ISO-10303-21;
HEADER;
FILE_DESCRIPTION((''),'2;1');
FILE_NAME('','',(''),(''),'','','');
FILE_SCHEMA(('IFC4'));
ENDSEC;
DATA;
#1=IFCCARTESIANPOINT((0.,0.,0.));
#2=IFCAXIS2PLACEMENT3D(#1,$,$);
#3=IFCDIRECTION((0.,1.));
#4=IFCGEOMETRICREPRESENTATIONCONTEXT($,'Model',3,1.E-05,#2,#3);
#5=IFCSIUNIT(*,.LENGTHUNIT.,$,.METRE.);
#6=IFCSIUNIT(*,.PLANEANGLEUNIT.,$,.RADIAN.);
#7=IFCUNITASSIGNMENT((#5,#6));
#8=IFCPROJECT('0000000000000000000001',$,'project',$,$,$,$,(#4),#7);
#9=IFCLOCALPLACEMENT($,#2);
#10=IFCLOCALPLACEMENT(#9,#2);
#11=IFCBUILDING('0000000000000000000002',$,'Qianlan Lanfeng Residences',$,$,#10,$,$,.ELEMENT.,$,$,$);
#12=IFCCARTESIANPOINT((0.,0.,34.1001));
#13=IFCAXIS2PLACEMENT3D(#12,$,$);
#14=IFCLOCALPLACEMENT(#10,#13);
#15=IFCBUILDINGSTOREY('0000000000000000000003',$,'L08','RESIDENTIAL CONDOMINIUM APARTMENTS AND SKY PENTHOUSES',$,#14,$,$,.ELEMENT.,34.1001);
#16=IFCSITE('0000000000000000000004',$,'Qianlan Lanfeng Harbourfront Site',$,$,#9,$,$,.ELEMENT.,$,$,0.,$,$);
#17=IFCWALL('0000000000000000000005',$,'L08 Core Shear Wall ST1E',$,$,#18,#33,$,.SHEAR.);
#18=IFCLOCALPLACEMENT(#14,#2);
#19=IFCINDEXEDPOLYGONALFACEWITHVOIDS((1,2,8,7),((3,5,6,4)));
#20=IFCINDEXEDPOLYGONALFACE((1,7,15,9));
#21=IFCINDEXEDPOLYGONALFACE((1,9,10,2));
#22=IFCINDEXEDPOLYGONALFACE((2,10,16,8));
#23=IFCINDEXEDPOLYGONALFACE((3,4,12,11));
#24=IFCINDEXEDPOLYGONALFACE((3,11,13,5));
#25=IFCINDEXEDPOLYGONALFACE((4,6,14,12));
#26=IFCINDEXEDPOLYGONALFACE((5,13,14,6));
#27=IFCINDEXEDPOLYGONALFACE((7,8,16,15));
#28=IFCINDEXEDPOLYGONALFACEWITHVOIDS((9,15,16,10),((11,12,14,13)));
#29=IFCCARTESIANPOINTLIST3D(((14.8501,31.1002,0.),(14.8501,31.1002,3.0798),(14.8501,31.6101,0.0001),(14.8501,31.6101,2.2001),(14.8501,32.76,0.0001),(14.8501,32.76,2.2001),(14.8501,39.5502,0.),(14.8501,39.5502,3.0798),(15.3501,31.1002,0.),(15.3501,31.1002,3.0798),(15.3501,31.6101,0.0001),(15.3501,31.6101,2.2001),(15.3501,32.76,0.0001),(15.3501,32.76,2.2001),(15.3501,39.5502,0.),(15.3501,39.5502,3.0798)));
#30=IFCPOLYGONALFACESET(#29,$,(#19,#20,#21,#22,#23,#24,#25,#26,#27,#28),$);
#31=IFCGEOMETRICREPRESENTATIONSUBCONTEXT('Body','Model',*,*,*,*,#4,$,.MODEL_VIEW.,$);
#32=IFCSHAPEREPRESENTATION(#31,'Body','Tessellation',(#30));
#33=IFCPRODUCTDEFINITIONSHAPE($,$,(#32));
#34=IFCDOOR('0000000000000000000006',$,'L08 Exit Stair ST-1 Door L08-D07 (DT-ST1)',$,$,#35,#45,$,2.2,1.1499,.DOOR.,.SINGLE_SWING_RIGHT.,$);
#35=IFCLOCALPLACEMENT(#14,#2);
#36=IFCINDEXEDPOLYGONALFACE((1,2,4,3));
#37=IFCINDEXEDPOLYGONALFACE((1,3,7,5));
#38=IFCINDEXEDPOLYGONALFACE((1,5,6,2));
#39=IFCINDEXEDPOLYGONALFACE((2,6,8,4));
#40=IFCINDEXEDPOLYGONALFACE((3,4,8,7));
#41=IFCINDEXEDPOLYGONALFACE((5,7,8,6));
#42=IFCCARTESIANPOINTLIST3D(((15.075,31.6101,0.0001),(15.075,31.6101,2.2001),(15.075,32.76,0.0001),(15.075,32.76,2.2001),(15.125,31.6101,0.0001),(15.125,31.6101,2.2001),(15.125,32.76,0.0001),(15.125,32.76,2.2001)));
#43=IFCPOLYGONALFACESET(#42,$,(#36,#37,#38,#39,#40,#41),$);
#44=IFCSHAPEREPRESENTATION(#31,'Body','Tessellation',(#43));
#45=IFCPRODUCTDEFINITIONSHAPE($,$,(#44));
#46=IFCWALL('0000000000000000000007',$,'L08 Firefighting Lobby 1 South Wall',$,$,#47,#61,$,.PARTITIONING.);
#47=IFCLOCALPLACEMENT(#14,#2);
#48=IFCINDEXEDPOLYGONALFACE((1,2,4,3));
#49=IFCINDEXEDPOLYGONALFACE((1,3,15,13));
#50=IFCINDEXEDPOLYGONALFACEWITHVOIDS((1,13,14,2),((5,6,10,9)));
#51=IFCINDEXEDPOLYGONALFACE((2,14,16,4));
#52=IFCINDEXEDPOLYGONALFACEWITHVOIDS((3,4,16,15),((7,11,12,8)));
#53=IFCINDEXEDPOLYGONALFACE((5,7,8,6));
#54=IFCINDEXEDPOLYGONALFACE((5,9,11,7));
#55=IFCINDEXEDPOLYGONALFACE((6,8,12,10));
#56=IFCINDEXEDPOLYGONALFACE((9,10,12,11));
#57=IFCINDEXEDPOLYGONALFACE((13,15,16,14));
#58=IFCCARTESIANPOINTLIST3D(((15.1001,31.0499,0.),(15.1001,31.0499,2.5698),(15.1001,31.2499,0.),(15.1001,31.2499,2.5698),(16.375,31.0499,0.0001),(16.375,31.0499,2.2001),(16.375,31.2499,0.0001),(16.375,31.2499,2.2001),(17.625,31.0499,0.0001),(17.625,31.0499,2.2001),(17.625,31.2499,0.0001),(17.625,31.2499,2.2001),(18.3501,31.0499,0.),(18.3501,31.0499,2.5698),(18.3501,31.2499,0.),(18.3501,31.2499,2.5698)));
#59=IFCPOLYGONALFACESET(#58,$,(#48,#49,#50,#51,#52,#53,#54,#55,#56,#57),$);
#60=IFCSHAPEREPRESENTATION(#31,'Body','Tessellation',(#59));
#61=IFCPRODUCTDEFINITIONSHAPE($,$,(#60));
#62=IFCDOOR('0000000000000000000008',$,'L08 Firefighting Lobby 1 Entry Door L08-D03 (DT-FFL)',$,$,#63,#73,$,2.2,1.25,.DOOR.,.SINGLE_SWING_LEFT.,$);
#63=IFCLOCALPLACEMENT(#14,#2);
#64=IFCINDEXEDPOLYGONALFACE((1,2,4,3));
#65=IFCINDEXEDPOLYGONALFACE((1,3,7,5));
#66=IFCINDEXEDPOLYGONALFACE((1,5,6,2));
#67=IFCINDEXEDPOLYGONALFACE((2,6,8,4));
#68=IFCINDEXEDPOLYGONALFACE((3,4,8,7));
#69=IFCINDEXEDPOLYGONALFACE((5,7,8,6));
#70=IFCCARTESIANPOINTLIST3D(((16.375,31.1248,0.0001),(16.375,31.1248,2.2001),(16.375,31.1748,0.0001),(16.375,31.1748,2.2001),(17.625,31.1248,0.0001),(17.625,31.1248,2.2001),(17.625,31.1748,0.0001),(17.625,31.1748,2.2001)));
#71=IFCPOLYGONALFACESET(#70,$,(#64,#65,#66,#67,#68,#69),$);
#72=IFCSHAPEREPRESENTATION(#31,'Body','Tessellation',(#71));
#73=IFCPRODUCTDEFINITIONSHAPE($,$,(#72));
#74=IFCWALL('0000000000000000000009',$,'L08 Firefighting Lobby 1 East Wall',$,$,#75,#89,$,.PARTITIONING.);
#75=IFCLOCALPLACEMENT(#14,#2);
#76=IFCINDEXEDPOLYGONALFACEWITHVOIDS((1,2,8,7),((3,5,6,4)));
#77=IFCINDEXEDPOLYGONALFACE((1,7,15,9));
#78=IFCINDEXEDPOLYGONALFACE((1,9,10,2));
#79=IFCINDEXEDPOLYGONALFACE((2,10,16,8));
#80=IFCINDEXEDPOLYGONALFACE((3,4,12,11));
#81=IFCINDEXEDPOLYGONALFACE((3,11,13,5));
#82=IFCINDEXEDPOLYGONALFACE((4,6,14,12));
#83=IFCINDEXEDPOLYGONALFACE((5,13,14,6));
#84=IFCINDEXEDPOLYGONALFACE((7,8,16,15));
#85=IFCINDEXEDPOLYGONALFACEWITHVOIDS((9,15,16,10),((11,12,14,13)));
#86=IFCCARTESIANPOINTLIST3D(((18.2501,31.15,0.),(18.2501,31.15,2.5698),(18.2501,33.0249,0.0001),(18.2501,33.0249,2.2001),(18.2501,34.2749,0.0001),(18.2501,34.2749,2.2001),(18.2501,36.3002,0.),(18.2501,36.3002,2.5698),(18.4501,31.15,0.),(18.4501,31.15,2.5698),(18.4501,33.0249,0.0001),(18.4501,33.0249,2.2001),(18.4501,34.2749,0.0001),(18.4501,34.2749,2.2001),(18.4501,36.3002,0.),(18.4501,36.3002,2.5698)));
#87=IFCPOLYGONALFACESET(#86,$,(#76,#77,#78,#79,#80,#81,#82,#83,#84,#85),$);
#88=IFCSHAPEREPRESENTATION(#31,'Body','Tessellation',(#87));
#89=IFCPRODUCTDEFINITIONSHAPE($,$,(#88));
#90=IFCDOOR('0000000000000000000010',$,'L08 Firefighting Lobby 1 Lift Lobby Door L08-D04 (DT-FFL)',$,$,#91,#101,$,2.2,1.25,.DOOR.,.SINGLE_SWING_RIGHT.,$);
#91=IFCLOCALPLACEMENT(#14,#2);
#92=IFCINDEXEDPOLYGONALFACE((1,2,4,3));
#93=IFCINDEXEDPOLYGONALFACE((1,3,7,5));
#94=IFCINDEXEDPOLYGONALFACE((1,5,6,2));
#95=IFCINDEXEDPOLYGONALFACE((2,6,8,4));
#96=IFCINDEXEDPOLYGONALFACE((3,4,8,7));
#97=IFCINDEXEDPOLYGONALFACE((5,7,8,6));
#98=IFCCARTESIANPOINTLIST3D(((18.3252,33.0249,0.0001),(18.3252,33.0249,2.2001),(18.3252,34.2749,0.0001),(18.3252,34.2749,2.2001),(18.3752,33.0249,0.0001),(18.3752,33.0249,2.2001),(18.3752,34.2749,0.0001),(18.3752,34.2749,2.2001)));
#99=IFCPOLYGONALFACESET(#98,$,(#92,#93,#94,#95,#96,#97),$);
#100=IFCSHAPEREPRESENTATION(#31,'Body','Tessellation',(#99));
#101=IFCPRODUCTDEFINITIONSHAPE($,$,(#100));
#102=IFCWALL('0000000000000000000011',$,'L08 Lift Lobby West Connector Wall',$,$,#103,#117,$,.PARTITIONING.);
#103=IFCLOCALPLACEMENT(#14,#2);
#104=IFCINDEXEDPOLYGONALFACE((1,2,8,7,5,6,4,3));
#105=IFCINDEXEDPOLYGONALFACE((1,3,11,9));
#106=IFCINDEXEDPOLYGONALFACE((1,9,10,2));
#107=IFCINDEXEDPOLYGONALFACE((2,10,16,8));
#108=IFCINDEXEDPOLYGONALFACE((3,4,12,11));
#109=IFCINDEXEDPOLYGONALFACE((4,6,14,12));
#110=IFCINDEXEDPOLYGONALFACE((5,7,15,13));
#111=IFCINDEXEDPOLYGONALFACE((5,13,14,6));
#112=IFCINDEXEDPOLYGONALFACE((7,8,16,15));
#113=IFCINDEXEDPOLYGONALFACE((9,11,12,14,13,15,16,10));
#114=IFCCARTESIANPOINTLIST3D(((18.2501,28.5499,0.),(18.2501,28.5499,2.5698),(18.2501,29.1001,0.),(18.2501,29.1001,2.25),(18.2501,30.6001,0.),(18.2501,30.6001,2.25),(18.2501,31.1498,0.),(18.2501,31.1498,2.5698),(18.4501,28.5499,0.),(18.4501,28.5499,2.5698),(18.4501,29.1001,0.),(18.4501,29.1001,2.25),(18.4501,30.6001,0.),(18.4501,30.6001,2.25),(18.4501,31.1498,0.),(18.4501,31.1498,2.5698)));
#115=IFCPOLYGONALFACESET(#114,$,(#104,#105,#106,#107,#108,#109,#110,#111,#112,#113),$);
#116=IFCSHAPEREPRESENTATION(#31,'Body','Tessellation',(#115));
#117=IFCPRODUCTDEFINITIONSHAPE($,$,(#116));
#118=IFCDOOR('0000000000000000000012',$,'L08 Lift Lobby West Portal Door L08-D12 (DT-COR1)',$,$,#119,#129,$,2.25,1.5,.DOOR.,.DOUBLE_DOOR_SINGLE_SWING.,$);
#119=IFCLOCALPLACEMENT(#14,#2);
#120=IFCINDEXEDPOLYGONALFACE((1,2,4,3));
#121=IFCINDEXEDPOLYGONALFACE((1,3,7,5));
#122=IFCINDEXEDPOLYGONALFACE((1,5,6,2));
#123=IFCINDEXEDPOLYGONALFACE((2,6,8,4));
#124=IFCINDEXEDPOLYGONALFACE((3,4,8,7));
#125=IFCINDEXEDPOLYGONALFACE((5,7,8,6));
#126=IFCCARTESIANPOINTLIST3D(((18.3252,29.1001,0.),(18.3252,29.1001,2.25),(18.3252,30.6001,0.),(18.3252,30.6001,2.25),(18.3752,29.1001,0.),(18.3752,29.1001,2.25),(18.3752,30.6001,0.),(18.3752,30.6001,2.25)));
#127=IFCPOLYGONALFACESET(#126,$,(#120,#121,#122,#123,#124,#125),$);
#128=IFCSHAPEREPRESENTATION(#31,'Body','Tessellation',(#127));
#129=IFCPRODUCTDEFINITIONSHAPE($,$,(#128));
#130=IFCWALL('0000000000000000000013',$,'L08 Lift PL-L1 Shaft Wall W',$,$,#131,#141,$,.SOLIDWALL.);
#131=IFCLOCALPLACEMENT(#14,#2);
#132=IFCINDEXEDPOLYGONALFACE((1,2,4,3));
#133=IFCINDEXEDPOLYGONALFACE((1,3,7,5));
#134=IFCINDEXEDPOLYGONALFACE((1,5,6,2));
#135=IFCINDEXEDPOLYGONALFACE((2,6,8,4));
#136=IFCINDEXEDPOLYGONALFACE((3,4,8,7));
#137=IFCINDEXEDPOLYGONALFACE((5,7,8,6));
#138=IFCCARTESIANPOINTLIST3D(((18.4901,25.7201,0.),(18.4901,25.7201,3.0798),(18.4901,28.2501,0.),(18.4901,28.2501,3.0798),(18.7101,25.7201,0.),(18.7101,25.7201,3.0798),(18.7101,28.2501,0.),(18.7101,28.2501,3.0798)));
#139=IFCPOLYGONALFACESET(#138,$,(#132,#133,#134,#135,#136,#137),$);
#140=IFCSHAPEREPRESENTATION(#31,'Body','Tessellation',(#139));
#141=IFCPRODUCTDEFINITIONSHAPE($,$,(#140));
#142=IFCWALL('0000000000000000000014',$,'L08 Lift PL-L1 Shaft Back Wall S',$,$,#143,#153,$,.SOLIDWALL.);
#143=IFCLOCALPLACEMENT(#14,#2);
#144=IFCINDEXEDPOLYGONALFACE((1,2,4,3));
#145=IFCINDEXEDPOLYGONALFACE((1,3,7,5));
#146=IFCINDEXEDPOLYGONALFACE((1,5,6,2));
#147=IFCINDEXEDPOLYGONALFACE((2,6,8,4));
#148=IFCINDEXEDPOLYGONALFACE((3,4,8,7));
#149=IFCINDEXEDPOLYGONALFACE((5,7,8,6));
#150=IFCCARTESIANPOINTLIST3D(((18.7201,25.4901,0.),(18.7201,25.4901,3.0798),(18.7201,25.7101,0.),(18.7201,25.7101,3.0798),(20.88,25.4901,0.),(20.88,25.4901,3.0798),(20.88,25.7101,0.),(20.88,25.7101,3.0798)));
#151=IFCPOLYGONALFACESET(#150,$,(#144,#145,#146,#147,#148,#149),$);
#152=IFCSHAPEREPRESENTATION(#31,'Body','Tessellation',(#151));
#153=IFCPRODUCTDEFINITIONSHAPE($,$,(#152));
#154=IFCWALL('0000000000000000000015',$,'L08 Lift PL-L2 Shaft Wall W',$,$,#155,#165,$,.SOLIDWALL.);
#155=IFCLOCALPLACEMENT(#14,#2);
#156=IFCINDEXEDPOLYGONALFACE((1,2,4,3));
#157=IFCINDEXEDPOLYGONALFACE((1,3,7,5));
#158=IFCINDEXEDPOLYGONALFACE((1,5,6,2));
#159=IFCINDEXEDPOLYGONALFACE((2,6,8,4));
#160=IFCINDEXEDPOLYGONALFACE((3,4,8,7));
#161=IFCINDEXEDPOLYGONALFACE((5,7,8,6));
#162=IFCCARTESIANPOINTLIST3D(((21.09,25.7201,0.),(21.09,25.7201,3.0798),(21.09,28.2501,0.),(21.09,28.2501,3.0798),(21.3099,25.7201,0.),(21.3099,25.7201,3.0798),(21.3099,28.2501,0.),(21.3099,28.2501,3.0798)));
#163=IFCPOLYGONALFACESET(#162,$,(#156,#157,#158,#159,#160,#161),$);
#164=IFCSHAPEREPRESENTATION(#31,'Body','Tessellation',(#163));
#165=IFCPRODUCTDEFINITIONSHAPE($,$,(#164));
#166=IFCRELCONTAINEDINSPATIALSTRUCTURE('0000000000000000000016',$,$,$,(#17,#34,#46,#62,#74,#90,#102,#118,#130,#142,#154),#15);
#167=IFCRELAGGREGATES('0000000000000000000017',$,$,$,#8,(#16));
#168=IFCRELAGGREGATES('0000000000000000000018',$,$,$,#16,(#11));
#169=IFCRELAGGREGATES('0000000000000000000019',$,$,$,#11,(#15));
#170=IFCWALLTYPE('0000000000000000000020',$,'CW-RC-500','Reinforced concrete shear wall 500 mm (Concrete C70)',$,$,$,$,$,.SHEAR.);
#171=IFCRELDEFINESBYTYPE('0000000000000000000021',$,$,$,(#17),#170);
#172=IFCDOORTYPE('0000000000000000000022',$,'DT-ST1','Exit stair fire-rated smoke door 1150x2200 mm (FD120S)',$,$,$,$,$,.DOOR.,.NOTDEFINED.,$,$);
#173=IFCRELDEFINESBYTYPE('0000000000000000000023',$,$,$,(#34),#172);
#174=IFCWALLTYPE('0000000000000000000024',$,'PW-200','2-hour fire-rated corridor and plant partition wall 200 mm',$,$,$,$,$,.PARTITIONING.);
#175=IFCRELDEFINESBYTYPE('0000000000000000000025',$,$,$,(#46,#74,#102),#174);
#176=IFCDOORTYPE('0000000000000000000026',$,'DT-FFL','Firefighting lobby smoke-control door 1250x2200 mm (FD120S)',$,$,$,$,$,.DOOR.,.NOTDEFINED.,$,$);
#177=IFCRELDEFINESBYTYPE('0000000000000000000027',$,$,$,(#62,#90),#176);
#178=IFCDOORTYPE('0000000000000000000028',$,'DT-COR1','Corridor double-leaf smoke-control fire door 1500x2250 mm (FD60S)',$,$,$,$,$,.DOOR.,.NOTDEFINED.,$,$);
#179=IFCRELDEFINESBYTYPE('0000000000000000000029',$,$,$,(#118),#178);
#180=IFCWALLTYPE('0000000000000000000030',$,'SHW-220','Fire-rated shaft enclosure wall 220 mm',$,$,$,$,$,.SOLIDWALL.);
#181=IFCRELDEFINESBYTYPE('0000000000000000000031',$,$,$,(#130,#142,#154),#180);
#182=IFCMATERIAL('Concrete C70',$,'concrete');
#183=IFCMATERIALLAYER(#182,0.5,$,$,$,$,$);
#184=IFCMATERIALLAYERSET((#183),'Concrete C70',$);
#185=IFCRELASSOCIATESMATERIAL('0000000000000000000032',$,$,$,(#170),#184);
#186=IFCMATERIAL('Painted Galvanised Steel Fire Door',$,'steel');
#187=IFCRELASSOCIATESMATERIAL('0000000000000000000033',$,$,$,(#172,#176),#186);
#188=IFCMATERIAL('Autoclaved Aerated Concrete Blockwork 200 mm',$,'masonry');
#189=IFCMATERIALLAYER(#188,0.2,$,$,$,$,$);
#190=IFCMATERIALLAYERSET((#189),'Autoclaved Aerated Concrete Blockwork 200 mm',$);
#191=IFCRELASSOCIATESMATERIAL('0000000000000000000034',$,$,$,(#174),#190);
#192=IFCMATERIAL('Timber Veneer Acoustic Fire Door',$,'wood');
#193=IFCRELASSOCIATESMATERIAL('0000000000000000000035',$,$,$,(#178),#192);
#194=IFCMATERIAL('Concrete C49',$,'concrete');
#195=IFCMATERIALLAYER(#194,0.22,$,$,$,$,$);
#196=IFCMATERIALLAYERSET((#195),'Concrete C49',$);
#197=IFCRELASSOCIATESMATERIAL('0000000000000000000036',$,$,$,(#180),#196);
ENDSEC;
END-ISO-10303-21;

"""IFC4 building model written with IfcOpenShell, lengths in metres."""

from ifc_helpers import new_model, si_unit, direction, frame, frame_2d, origin, place, context, subcontext, project, spatial, rectangle, extrude, material, layer, layer_set, type_object, element, fill, save


model = new_model("IFC4")

# Units and contexts
model_context = context("Model", 3, precision=1e-05, world=origin(), true_north=direction((0.0, 1.0)))
body_context = subcontext(model_context, "Body", "Model", "MODEL_VIEW")
ifc_project = project(units=[si_unit("LENGTHUNIT", "METRE"), si_unit("PLANEANGLEUNIT", "RADIAN")], contexts=[model_context])

# Site, building, storey
site_placement = place(None, origin())
site = spatial("IfcSite", under=ifc_project, at=site_placement, Name="Qianlan Lanfeng Harbourfront Site", CompositionType="ELEMENT", RefElevation=0.0)
building_placement = place(site_placement, origin())
building = spatial("IfcBuilding", under=site, at=building_placement, Name="Qianlan Lanfeng Residences", CompositionType="ELEMENT")
storey_placement = place(building_placement, frame((0.0, 0.0, 34.1001)))
storey = spatial("IfcBuildingStorey", under=building, at=storey_placement, Name="L08", Description="RESIDENTIAL CONDOMINIUM APARTMENTS AND SKY PENTHOUSES", CompositionType="ELEMENT", Elevation=34.1001)

# Wall, opening, door
ifc_material_1 = material(Name="Concrete C70", Category="concrete")
ifc_layer_1 = layer(ifc_material_1, 0.5)
ifc_layer_set_1 = layer_set([ifc_layer_1], Name="Concrete C70")
wall_type_1 = type_object("IfcWallType", Name="CW-RC-500", Description="Reinforced concrete shear wall 500 mm (Concrete C70)", PredefinedType="SHEAR", material=ifc_layer_set_1)
wall_1_placement = place(storey_placement, frame((15.1001, 31.1001, 0.0), z_axis=(0.0, 0.0, 1.0), x_axis=(0.0, 1.0, 0.0)))
wall_1 = element("IfcWall", 1, at=wall_1_placement, inside=storey, type_object=wall_type_1, Name="L08 Core Shear Wall ST1E", PredefinedType="SHEAR", context=body_context, shape_type="SweptSolid", body=[
    extrude(rectangle(XDim=8.45, YDim=0.5, at=frame_2d((4.2251, 0.0))), origin(), (0.0, 0.0, 1.0), 3.0798),
])
opening_1_placement = place(wall_1_placement, frame((0.51, 0.0, 0.0)))
opening_1 = element("IfcOpeningElement", 2, at=opening_1_placement, cuts=wall_1, PredefinedType="OPENING", context=body_context, shape_type="SweptSolid", body=[
    extrude(rectangle(XDim=1.1499, YDim=2.2, at=frame_2d((0.575, 1.1001))), frame((0.0, 0.26, 0.0), z_axis=(0.0, -1.0, 0.0), x_axis=(1.0, 0.0, 0.0)), (0.0, 0.0, 1.0), 0.52),
])
ifc_material_2 = material(Name="Painted Galvanised Steel Fire Door", Category="steel")
door_type_1 = type_object("IfcDoorType", Name="DT-ST1", Description="Exit stair fire-rated smoke door 1150x2200 mm (FD120S)", OperationType="NOTDEFINED", PredefinedType="DOOR", material=ifc_material_2)
door_1_placement = place(opening_1_placement, frame((1.1499, 0.0, 0.0), z_axis=(0.0, 0.0, 1.0), x_axis=(-1.0, 0.0, 0.0)))
door_1 = element("IfcDoor", 3, at=door_1_placement, inside=storey, type_object=door_type_1, Name="L08 Exit Stair ST-1 Door L08-D07 (DT-ST1)", OperationType="SINGLE_SWING_RIGHT", OverallHeight=2.2, OverallWidth=1.1499, PredefinedType="DOOR", context=body_context, shape_type="SweptSolid", body=[
    extrude(rectangle(XDim=1.1499, YDim=2.2, at=frame_2d((0.575, 1.1001))), frame((0.0, 0.0249, 0.0), z_axis=(0.0, -1.0, 0.0), x_axis=(1.0, 0.0, 0.0)), (0.0, 0.0, 1.0), 0.05),
])
fill(opening_1, door_1)

# Walls, openings, doors
ifc_material_3 = material(Name="Autoclaved Aerated Concrete Blockwork 200 mm", Category="masonry")
ifc_layer_2 = layer(ifc_material_3, 0.2)
ifc_layer_set_2 = layer_set([ifc_layer_2], Name="Autoclaved Aerated Concrete Blockwork 200 mm")
wall_type_2 = type_object("IfcWallType", Name="PW-200", Description="2-hour fire-rated corridor and plant partition wall 200 mm", PredefinedType="PARTITIONING", material=ifc_layer_set_2)
wall_2_placement = place(storey_placement, frame((15.1001, 31.1499, 0.0), z_axis=(0.0, 0.0, 1.0), x_axis=(1.0, 0.0, 0.0)))
wall_2 = element("IfcWall", 4, at=wall_2_placement, inside=storey, type_object=wall_type_2, Name="L08 Firefighting Lobby 1 South Wall", PredefinedType="PARTITIONING", context=body_context, shape_type="SweptSolid", body=[
    extrude(rectangle(XDim=3.25, YDim=0.2, at=frame_2d((1.625, 0.0))), origin(), (0.0, 0.0, 1.0), 2.5698),
])
opening_2_placement = place(wall_2_placement, frame((1.2749, 0.0, 0.0)))
opening_2 = element("IfcOpeningElement", 5, at=opening_2_placement, cuts=wall_2, PredefinedType="OPENING", context=body_context, shape_type="SweptSolid", body=[
    extrude(rectangle(XDim=1.25, YDim=2.2, at=frame_2d((0.625, 1.1001))), frame((0.0, 0.1099, 0.0), z_axis=(0.0, -1.0, 0.0), x_axis=(1.0, 0.0, 0.0)), (0.0, 0.0, 1.0), 0.22),
])
door_type_2 = type_object("IfcDoorType", Name="DT-FFL", Description="Firefighting lobby smoke-control door 1250x2200 mm (FD120S)", OperationType="NOTDEFINED", PredefinedType="DOOR", material=ifc_material_2)
door_2_placement = place(opening_2_placement, origin())
door_2 = element("IfcDoor", 6, at=door_2_placement, inside=storey, type_object=door_type_2, Name="L08 Firefighting Lobby 1 Entry Door L08-D03 (DT-FFL)", OperationType="SINGLE_SWING_LEFT", OverallHeight=2.2, OverallWidth=1.25, PredefinedType="DOOR", context=body_context, shape_type="SweptSolid", body=[
    extrude(rectangle(XDim=1.25, YDim=2.2, at=frame_2d((0.625, 1.1001))), frame((0.0, 0.0249, 0.0), z_axis=(0.0, -1.0, 0.0), x_axis=(1.0, 0.0, 0.0)), (0.0, 0.0, 1.0), 0.05),
])
fill(opening_2, door_2)
wall_3_placement = place(storey_placement, frame((18.3501, 31.1499, 0.0), z_axis=(0.0, 0.0, 1.0), x_axis=(0.0, 1.0, 0.0)))
wall_3 = element("IfcWall", 7, at=wall_3_placement, inside=storey, type_object=wall_type_2, Name="L08 Firefighting Lobby 1 East Wall", PredefinedType="PARTITIONING", context=body_context, shape_type="SweptSolid", body=[
    extrude(rectangle(XDim=5.1501, YDim=0.2, at=frame_2d((2.5752, 0.0))), origin(), (0.0, 0.0, 1.0), 2.5698),
])
opening_3_placement = place(wall_3_placement, frame((1.875, 0.0, 0.0)))
opening_3 = element("IfcOpeningElement", 8, at=opening_3_placement, cuts=wall_3, PredefinedType="OPENING", context=body_context, shape_type="SweptSolid", body=[
    extrude(rectangle(XDim=1.25, YDim=2.2, at=frame_2d((0.625, 1.1001))), frame((0.0, 0.1099, 0.0), z_axis=(0.0, -1.0, 0.0), x_axis=(1.0, 0.0, 0.0)), (0.0, 0.0, 1.0), 0.22),
])
door_3_placement = place(opening_3_placement, origin())
door_3 = element("IfcDoor", 9, at=door_3_placement, inside=storey, type_object=door_type_2, Name="L08 Firefighting Lobby 1 Lift Lobby Door L08-D04 (DT-FFL)", OperationType="SINGLE_SWING_RIGHT", OverallHeight=2.2, OverallWidth=1.25, PredefinedType="DOOR", context=body_context, shape_type="SweptSolid", body=[
    extrude(rectangle(XDim=1.25, YDim=2.2, at=frame_2d((0.625, 1.1001))), frame((0.0, 0.0249, 0.0), z_axis=(0.0, -1.0, 0.0), x_axis=(1.0, 0.0, 0.0)), (0.0, 0.0, 1.0), 0.05),
])
fill(opening_3, door_3)
wall_4_placement = place(storey_placement, frame((18.3501, 28.55, 0.0), z_axis=(0.0, 0.0, 1.0), x_axis=(0.0, 1.0, 0.0)))
wall_4 = element("IfcWall", 10, at=wall_4_placement, inside=storey, type_object=wall_type_2, Name="L08 Lift Lobby West Connector Wall", PredefinedType="PARTITIONING", context=body_context, shape_type="SweptSolid", body=[
    extrude(rectangle(XDim=2.5999, YDim=0.2, at=frame_2d((1.2998, 0.0))), origin(), (0.0, 0.0, 1.0), 2.5698),
])
opening_4_placement = place(wall_4_placement, frame((0.55, 0.0, 0.0)))
opening_4 = element("IfcOpeningElement", 11, at=opening_4_placement, cuts=wall_4, PredefinedType="OPENING", context=body_context, shape_type="SweptSolid", body=[
    extrude(rectangle(XDim=1.5, YDim=2.25, at=frame_2d((0.75, 1.125))), frame((0.0, 0.1099, 0.0), z_axis=(0.0, -1.0, 0.0), x_axis=(1.0, 0.0, 0.0)), (0.0, 0.0, 1.0), 0.22),
])
ifc_material_4 = material(Name="Timber Veneer Acoustic Fire Door", Category="wood")
door_type_3 = type_object("IfcDoorType", Name="DT-COR1", Description="Corridor double-leaf smoke-control fire door 1500x2250 mm (FD60S)", OperationType="NOTDEFINED", PredefinedType="DOOR", material=ifc_material_4)
door_4_placement = place(opening_4_placement, origin())
door_4 = element("IfcDoor", 12, at=door_4_placement, inside=storey, type_object=door_type_3, Name="L08 Lift Lobby West Portal Door L08-D12 (DT-COR1)", OperationType="DOUBLE_DOOR_SINGLE_SWING", OverallHeight=2.25, OverallWidth=1.5, PredefinedType="DOOR", context=body_context, shape_type="SweptSolid", body=[
    extrude(rectangle(XDim=1.5, YDim=2.25, at=frame_2d((0.75, 1.125))), frame((0.0, 0.0249, 0.0), z_axis=(0.0, -1.0, 0.0), x_axis=(1.0, 0.0, 0.0)), (0.0, 0.0, 1.0), 0.05),
])
fill(opening_4, door_4)

# Walls
ifc_material_5 = material(Name="Concrete C49", Category="concrete")
ifc_layer_3 = layer(ifc_material_5, 0.22)
ifc_layer_set_3 = layer_set([ifc_layer_3], Name="Concrete C49")
wall_type_3 = type_object("IfcWallType", Name="SHW-220", Description="Fire-rated shaft enclosure wall 220 mm", PredefinedType="SOLIDWALL", material=ifc_layer_set_3)
wall_5_placement = place(storey_placement, frame((18.6001, 25.72, 0.0), z_axis=(0.0, 0.0, 1.0), x_axis=(0.0, 1.0, 0.0)))
element("IfcWall", 13, at=wall_5_placement, inside=storey, type_object=wall_type_3, Name="L08 Lift PL-L1 Shaft Wall W", PredefinedType="SOLIDWALL", context=body_context, shape_type="SweptSolid", body=[
    extrude(rectangle(XDim=2.53, YDim=0.22, at=frame_2d((1.2651, 0.0))), origin(), (0.0, 0.0, 1.0), 3.0798),
])
wall_6_placement = place(storey_placement, frame((18.72, 25.6001, 0.0), z_axis=(0.0, 0.0, 1.0), x_axis=(1.0, 0.0, 0.0)))
element("IfcWall", 14, at=wall_6_placement, inside=storey, type_object=wall_type_3, Name="L08 Lift PL-L1 Shaft Back Wall S", PredefinedType="SOLIDWALL", context=body_context, shape_type="SweptSolid", body=[
    extrude(rectangle(XDim=2.1599, YDim=0.22, at=frame_2d((1.0801, 0.0))), origin(), (0.0, 0.0, 1.0), 3.0798),
])
wall_7_placement = place(storey_placement, frame((21.2, 25.72, 0.0), z_axis=(0.0, 0.0, 1.0), x_axis=(0.0, 1.0, 0.0)))
element("IfcWall", 15, at=wall_7_placement, inside=storey, type_object=wall_type_3, Name="L08 Lift PL-L2 Shaft Wall W", PredefinedType="SOLIDWALL", context=body_context, shape_type="SweptSolid", body=[
    extrude(rectangle(XDim=2.53, YDim=0.22, at=frame_2d((1.2651, 0.0))), origin(), (0.0, 0.0, 1.0), 3.0798),
])

save(model, "model.ifc")
